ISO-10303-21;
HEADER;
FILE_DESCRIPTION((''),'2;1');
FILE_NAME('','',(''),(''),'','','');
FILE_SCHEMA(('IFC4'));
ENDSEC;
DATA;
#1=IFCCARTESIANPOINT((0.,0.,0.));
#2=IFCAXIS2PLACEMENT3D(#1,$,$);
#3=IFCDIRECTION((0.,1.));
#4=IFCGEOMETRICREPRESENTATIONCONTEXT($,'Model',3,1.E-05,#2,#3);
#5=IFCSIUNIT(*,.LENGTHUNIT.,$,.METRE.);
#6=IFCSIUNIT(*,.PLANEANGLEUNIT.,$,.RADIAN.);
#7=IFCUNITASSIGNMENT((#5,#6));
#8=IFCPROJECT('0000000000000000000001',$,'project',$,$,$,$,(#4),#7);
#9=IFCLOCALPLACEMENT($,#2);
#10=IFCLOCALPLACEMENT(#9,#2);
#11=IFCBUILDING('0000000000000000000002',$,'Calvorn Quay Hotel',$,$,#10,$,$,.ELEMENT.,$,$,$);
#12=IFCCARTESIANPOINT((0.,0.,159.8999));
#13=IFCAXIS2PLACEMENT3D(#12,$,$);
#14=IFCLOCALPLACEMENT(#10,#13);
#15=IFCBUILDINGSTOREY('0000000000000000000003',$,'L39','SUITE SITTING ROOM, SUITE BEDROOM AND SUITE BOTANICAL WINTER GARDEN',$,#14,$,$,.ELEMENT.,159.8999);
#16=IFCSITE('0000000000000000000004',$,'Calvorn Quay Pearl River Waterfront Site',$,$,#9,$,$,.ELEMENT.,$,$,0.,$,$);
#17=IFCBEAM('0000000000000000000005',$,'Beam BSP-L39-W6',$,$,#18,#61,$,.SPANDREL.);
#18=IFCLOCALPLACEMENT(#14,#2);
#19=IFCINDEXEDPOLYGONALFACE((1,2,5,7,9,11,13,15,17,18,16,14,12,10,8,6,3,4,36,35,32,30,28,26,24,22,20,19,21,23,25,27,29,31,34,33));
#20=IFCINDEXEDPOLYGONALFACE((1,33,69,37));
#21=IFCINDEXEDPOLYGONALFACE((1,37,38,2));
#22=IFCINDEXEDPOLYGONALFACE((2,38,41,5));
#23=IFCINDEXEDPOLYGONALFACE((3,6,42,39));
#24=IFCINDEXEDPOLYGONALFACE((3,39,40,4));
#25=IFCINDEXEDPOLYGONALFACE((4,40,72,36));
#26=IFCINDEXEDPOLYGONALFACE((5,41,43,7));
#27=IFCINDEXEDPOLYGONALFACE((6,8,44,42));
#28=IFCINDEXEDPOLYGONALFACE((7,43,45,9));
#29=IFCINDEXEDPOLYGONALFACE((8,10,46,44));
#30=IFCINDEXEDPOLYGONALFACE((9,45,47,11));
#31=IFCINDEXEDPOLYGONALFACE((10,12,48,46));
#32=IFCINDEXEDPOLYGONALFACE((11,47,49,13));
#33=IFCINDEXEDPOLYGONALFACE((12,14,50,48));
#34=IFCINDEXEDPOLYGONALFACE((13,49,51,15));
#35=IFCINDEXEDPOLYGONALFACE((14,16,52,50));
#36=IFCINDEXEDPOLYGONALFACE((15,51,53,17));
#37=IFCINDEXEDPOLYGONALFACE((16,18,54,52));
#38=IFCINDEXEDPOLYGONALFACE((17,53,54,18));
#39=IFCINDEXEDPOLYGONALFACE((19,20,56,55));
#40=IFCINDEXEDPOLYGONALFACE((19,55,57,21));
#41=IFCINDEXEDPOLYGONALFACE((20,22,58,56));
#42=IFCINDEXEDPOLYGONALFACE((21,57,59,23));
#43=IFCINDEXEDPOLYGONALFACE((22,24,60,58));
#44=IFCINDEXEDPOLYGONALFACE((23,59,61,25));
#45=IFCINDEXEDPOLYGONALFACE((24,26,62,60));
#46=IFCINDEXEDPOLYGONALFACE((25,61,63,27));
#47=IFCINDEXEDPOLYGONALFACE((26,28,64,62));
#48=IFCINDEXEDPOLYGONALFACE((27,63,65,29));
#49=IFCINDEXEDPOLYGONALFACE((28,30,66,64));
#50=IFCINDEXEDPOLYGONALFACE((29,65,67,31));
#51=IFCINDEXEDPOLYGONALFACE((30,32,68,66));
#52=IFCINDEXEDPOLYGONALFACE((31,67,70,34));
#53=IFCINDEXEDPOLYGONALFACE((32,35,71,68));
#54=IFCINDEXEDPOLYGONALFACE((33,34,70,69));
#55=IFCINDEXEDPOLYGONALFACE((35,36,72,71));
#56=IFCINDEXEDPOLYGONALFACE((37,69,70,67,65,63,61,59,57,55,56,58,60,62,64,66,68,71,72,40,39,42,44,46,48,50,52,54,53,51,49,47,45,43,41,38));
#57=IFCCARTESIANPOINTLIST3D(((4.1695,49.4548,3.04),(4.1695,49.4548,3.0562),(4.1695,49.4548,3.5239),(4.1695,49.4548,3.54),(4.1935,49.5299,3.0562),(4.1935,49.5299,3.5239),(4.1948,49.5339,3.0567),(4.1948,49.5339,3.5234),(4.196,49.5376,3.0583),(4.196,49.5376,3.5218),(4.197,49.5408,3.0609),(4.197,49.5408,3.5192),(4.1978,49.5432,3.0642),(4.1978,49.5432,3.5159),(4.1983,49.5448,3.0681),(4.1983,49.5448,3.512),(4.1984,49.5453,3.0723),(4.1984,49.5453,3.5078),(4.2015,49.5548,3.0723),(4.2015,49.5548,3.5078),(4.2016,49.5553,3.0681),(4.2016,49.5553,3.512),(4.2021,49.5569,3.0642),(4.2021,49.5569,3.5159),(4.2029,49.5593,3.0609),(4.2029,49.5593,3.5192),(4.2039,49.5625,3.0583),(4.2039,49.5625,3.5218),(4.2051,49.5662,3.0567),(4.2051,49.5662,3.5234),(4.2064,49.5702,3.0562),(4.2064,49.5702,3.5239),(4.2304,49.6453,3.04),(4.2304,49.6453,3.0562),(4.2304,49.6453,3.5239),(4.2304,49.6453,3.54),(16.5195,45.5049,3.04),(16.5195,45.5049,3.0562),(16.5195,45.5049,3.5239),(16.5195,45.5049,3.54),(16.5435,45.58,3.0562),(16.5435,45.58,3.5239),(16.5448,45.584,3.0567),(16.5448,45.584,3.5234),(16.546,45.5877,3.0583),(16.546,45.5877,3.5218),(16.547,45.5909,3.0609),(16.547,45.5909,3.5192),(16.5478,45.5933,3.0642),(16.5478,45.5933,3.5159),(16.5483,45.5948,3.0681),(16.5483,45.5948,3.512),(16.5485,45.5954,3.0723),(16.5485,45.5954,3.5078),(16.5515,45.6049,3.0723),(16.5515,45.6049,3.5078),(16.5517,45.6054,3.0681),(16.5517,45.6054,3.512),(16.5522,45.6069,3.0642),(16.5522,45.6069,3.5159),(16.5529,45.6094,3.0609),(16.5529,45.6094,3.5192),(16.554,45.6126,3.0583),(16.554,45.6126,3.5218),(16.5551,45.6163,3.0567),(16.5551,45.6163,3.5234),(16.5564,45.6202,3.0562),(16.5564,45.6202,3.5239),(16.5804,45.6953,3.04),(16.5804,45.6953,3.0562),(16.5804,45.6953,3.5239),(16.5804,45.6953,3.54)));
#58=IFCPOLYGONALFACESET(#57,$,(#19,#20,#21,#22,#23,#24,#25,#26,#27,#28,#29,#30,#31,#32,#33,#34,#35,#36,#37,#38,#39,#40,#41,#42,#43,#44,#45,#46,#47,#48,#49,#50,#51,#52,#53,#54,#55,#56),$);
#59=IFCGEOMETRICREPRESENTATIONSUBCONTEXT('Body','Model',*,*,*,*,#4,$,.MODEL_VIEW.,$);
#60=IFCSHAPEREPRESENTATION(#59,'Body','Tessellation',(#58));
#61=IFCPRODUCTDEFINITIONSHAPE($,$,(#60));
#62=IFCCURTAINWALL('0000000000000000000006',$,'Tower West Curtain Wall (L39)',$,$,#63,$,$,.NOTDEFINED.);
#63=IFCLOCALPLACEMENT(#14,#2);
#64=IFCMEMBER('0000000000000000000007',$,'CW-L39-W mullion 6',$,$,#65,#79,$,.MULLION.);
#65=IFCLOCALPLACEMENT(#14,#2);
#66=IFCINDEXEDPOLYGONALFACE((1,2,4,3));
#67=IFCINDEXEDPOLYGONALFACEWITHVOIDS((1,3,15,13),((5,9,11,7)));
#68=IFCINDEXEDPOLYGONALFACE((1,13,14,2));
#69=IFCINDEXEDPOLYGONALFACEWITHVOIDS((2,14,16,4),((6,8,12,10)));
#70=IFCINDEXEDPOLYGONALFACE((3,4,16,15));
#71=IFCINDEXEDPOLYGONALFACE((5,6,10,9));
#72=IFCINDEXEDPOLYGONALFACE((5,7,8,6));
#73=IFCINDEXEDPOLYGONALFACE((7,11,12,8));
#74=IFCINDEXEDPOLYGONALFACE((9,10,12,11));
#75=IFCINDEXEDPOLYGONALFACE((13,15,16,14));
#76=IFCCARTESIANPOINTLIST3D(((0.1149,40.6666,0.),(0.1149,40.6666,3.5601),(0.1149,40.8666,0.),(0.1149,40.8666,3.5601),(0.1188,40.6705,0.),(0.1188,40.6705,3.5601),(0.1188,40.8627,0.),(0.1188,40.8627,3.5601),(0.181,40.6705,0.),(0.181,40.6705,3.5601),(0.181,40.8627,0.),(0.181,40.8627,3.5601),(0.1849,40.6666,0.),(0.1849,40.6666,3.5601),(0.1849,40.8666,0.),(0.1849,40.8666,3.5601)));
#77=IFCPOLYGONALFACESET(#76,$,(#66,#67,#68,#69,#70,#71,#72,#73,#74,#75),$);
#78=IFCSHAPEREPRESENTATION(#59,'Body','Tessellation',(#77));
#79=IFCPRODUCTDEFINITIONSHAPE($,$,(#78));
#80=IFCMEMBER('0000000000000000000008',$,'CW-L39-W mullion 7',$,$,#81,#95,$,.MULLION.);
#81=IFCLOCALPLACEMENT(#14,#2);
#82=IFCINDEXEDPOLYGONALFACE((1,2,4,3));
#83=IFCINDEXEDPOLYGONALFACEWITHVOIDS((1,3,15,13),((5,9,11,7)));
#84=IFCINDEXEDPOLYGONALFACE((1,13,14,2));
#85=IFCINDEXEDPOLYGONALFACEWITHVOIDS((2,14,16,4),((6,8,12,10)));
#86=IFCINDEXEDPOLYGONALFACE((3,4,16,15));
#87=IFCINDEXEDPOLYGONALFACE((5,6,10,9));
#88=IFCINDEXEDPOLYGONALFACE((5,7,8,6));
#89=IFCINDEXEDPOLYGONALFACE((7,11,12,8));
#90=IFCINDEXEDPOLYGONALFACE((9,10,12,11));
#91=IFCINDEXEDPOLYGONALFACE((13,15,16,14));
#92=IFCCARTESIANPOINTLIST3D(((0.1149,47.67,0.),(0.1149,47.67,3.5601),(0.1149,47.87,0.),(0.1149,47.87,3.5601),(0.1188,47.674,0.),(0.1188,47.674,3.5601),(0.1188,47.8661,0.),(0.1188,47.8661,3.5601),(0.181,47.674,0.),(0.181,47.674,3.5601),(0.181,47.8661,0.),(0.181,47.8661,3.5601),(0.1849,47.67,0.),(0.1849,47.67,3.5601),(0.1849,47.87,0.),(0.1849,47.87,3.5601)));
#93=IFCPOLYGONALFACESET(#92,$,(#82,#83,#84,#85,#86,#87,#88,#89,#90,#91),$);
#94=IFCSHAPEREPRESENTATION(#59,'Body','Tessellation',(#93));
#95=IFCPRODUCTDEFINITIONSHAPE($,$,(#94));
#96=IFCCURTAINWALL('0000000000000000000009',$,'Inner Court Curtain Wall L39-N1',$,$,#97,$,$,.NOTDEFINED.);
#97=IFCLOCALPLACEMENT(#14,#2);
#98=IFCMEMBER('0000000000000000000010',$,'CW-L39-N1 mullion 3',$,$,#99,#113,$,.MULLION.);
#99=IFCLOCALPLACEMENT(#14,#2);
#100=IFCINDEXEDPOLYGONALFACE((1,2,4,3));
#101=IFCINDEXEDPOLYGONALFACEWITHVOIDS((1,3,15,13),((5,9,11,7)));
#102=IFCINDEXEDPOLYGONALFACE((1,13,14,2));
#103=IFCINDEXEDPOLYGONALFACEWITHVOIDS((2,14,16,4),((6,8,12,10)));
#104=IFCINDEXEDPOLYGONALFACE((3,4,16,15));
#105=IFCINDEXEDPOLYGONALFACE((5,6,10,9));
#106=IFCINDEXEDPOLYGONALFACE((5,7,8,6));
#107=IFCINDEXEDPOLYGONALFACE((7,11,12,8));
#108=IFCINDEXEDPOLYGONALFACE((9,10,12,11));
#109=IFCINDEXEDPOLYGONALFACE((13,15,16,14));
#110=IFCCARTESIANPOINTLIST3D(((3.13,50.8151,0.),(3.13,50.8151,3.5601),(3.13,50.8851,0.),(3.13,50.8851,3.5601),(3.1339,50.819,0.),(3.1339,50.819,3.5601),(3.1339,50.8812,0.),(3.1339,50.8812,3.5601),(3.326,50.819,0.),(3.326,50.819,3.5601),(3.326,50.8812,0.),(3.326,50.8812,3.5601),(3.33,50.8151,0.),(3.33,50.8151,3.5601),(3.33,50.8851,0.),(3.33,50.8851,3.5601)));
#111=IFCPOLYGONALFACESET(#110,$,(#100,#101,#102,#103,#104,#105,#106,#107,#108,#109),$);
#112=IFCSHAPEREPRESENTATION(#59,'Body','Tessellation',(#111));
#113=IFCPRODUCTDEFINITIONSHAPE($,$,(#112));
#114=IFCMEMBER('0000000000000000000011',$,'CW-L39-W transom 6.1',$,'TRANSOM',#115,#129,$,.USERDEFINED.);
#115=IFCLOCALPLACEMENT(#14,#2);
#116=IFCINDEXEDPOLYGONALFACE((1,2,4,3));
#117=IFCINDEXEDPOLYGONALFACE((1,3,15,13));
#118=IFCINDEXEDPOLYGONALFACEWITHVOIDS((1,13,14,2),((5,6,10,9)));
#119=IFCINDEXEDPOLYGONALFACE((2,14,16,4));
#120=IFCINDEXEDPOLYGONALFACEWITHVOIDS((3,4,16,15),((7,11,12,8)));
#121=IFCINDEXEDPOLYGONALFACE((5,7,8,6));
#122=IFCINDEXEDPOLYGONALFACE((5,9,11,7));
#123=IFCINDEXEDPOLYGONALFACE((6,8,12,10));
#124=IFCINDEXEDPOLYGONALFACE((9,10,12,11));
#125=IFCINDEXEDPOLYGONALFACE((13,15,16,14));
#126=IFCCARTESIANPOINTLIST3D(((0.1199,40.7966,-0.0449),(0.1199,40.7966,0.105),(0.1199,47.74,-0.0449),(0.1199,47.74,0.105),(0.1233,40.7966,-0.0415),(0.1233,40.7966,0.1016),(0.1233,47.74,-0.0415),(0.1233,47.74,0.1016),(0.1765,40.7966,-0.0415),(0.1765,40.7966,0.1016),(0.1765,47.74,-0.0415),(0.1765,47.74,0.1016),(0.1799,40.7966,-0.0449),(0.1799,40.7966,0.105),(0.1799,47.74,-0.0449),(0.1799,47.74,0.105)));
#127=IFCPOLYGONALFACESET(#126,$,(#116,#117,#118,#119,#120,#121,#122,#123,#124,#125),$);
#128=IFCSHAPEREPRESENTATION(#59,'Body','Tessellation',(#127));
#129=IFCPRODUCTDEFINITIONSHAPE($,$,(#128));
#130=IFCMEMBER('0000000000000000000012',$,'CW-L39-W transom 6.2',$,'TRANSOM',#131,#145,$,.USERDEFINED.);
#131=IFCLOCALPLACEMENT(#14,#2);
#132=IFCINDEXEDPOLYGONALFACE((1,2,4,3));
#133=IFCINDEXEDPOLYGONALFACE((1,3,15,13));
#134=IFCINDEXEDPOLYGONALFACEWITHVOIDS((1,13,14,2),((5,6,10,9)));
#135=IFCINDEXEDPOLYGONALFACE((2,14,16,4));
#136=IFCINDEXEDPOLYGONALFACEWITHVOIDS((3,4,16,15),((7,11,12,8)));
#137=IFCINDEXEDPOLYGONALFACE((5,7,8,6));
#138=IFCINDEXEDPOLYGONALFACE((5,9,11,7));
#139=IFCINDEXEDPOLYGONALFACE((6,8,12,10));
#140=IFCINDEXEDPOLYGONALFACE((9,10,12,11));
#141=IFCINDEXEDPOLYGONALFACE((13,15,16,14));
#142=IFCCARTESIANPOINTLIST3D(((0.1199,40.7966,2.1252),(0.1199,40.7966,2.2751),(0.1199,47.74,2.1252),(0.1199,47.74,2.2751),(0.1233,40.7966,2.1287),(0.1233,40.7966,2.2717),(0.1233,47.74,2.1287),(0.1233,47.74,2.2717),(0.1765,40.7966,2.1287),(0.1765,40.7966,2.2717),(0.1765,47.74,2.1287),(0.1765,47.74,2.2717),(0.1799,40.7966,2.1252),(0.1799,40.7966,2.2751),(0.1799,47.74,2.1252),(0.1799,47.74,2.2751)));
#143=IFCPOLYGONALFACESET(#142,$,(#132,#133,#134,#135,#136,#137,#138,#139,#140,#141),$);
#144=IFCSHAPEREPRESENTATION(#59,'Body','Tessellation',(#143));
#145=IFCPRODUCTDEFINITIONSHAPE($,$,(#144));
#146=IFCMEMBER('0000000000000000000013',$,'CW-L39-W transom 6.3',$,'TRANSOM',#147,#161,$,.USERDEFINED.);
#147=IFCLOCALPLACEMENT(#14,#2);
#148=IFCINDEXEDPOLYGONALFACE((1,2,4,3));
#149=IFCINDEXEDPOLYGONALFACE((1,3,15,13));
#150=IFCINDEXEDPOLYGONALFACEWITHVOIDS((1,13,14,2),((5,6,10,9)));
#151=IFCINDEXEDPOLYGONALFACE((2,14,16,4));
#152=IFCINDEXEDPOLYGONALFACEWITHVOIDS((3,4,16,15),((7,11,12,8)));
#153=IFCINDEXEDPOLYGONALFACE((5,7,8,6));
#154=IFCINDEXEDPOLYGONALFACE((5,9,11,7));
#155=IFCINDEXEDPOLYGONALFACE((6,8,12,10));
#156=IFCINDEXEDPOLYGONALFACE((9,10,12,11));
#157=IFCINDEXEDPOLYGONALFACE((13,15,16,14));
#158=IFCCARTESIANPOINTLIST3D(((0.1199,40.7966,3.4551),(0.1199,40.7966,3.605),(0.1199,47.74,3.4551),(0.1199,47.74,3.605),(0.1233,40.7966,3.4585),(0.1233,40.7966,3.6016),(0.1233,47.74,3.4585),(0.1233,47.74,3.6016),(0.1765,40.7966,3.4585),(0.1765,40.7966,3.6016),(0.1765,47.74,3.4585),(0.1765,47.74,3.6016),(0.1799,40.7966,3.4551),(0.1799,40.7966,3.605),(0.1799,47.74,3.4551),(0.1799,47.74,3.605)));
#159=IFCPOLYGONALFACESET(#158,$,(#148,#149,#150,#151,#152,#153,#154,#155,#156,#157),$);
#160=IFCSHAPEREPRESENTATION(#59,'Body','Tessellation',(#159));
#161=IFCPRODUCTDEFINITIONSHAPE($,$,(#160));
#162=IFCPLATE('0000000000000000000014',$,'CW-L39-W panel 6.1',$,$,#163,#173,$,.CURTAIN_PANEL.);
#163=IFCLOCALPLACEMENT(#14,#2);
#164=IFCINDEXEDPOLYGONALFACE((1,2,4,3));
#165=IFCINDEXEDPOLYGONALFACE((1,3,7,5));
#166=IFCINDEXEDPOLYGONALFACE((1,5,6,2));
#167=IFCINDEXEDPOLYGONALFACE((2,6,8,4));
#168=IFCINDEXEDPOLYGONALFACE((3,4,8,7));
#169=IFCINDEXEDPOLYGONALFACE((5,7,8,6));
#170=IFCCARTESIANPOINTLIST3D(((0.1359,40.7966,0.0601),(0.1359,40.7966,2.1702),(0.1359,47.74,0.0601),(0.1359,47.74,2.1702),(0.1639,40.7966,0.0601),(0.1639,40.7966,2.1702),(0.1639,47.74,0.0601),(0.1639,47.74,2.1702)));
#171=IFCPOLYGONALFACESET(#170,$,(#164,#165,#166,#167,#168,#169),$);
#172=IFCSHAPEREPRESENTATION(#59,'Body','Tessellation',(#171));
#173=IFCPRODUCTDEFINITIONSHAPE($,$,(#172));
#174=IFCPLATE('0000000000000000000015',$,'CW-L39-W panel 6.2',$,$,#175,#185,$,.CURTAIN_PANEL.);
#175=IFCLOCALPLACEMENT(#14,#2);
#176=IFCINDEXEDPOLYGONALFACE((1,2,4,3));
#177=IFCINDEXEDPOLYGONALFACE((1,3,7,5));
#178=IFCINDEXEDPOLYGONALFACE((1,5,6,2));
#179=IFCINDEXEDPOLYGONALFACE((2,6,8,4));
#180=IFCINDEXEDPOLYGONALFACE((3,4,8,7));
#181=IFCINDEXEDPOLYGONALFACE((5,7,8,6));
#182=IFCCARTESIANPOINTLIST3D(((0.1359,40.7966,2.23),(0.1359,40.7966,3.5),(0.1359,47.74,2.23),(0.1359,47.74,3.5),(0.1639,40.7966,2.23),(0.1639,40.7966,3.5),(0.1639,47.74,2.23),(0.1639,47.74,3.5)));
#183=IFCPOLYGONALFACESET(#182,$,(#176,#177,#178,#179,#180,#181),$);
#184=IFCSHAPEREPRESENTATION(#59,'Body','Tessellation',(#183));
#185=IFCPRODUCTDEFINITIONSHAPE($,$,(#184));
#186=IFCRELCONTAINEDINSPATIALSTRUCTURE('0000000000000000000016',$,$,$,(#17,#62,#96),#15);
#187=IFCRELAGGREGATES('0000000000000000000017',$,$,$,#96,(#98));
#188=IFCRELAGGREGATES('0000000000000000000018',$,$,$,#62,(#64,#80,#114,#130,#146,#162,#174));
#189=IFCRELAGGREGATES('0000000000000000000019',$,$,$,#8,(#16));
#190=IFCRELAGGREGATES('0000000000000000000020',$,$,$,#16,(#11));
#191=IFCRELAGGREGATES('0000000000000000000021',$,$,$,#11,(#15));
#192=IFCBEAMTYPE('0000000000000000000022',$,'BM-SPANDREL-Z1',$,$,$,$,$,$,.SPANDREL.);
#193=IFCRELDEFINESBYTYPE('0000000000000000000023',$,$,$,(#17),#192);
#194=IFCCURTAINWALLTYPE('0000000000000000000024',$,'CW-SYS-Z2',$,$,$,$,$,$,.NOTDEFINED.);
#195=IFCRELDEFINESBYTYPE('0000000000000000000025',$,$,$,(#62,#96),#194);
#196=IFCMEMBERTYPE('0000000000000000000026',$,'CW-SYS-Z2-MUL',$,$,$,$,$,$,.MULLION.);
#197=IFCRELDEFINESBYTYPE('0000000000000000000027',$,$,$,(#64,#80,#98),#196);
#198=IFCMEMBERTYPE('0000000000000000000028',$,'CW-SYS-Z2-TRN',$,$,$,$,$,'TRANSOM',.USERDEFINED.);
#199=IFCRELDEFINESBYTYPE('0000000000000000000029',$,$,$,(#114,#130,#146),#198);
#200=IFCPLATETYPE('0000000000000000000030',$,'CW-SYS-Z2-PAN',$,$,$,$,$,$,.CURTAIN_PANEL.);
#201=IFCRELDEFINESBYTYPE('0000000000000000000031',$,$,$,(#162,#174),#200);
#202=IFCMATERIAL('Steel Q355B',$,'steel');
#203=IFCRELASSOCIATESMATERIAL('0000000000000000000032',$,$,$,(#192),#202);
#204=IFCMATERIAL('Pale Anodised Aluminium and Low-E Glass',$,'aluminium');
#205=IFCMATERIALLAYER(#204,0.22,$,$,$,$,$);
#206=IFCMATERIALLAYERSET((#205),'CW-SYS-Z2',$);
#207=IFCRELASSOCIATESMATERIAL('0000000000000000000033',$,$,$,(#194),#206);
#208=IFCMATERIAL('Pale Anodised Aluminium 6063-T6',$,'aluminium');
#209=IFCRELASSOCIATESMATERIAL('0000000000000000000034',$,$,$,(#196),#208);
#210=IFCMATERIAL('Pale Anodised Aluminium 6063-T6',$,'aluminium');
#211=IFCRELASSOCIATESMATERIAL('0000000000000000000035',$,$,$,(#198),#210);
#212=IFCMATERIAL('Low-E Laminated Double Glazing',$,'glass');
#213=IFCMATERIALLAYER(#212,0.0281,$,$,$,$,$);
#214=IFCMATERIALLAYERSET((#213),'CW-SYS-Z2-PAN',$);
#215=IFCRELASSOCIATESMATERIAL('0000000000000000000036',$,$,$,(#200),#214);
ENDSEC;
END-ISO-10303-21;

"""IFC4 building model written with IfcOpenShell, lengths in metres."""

from ifc_helpers import new_model, si_unit, direction, frame, origin, origin_2d, place, context, subcontext, project, spatial, rectangle, hollow_rectangle, i_section, extrude, material, layer, layer_set, material_profile, profile_set, type_object, element, aggregate, save


model = new_model("IFC4")

# Units and contexts
model_context = context("Model", 3, precision=1e-05, world=origin(), true_north=direction((0.0, 1.0)))
body_context = subcontext(model_context, "Body", "Model", "MODEL_VIEW")
ifc_project = project(units=[si_unit("LENGTHUNIT", "METRE"), si_unit("PLANEANGLEUNIT", "RADIAN")], contexts=[model_context])

# Site, building, storey
site_placement = place(None, origin())
site = spatial("IfcSite", under=ifc_project, at=site_placement, Name="Calvorn Quay Pearl River Waterfront Site", CompositionType="ELEMENT", RefElevation=0.0)
building_placement = place(site_placement, origin())
building = spatial("IfcBuilding", under=site, at=building_placement, Name="Calvorn Quay Hotel", CompositionType="ELEMENT")
storey_placement = place(building_placement, frame((0.0, 0.0, 159.8999)))
storey = spatial("IfcBuildingStorey", under=building, at=storey_placement, Name="L39", Description="SUITE SITTING ROOM, SUITE BEDROOM AND SUITE BOTANICAL WINTER GARDEN", CompositionType="ELEMENT", Elevation=159.8999)

# Beam
ifc_material_1 = material(Name="Steel Q355B", Category="steel")
ifc_material_profile_1 = material_profile(ifc_material_1, i_section(OverallWidth=0.2, OverallDepth=0.5, WebThickness=0.01, FlangeThickness=0.0161, FilletRadius=0.0161, at=origin_2d()), Name="HN500x200x10x16")
ifc_profile_set_1 = profile_set([ifc_material_profile_1], Name="Steel Q355B")
beam_type_1 = type_object("IfcBeamType", Name="BM-SPANDREL-Z1", PredefinedType="SPANDREL", material=ifc_profile_set_1)
beam_1_placement = place(storey_placement, frame((4.2, 49.55, 3.29), z_axis=(0.952471, -0.30463, 0.0), x_axis=(0.30463, 0.952471, 0.0)))
element("IfcBeam", 1, at=beam_1_placement, inside=storey, type_object=beam_type_1, Name="Beam BSP-L39-W6", PredefinedType="SPANDREL", context=body_context, shape_type="SweptSolid", body=[
    extrude(i_section(OverallWidth=0.2, OverallDepth=0.5, WebThickness=0.01, FlangeThickness=0.0161, FilletRadius=0.0161, at=origin_2d()), origin(), (0.0, 0.0, 1.0), 12.9663),
])

# Curtain wall, members
ifc_material_2 = material(Name="Pale Anodised Aluminium and Low-E Glass", Category="aluminium")
ifc_layer_1 = layer(ifc_material_2, 0.22)
ifc_layer_set_1 = layer_set([ifc_layer_1], Name="CW-SYS-Z2")
curtain_wall_type = type_object("IfcCurtainWallType", Name="CW-SYS-Z2", PredefinedType="NOTDEFINED", material=ifc_layer_set_1)
curtain_wall_1_placement = place(storey_placement, origin())
curtain_wall_1 = element("IfcCurtainWall", 2, at=curtain_wall_1_placement, inside=storey, type_object=curtain_wall_type, Name="Tower West Curtain Wall (L39)", PredefinedType="NOTDEFINED")
ifc_material_3 = material(Name="Pale Anodised Aluminium 6063-T6", Category="aluminium")
ifc_material_profile_2 = material_profile(ifc_material_3, hollow_rectangle(XDim=0.0701, YDim=0.2, WallThickness=0.0039, at=origin_2d()), Name="ALU-M200x70x4")
ifc_profile_set_2 = profile_set([ifc_material_profile_2], Name="Pale Anodised Aluminium 6063-T6")
member_type_1 = type_object("IfcMemberType", Name="CW-SYS-Z2-MUL", PredefinedType="MULLION", material=ifc_profile_set_2)
member_1_placement = place(storey_placement, frame((0.1499, 40.7666, 0.0), z_axis=(0.0, 0.0, 1.0), x_axis=(-1.0, 0.0, 0.0)))
member_1 = element("IfcMember", 3, at=member_1_placement, type_object=member_type_1, Name="CW-L39-W mullion 6", PredefinedType="MULLION", context=body_context, shape_type="SweptSolid", body=[
    extrude(hollow_rectangle(XDim=0.0701, YDim=0.2, WallThickness=0.0039, at=origin_2d()), origin(), (0.0, 0.0, 1.0), 3.5601),
])
member_2_placement = place(storey_placement, frame((0.1499, 47.77, 0.0), z_axis=(0.0, 0.0, 1.0), x_axis=(-1.0, 0.0, 0.0)))
member_2 = element("IfcMember", 4, at=member_2_placement, type_object=member_type_1, Name="CW-L39-W mullion 7", PredefinedType="MULLION", context=body_context, shape_type="SweptSolid", body=[
    extrude(hollow_rectangle(XDim=0.0701, YDim=0.2, WallThickness=0.0039, at=origin_2d()), origin(), (0.0, 0.0, 1.0), 3.5601),
])

# Curtain wall, member
curtain_wall_2_placement = place(storey_placement, origin())
curtain_wall_2 = element("IfcCurtainWall", 5, at=curtain_wall_2_placement, inside=storey, type_object=curtain_wall_type, Name="Inner Court Curtain Wall L39-N1", PredefinedType="NOTDEFINED")
member_3_placement = place(storey_placement, frame((3.23, 50.8501, 0.0), z_axis=(0.0, 0.0, 1.0), x_axis=(0.0, -1.0, 0.0)))
member_3 = element("IfcMember", 6, at=member_3_placement, type_object=member_type_1, Name="CW-L39-N1 mullion 3", PredefinedType="MULLION", context=body_context, shape_type="SweptSolid", body=[
    extrude(hollow_rectangle(XDim=0.0701, YDim=0.2, WallThickness=0.0039, at=origin_2d()), origin(), (0.0, 0.0, 1.0), 3.5601),
])
aggregate(curtain_wall_2, [member_3])

# Members
ifc_material_4 = material(Name="Pale Anodised Aluminium 6063-T6", Category="aluminium")
ifc_material_profile_3 = material_profile(ifc_material_4, hollow_rectangle(XDim=0.0601, YDim=0.1499, WallThickness=0.0034, at=origin_2d()), Name="ALU-T150x60x3.5")
ifc_profile_set_3 = profile_set([ifc_material_profile_3], Name="Pale Anodised Aluminium 6063-T6")
member_type_2 = type_object("IfcMemberType", Name="CW-SYS-Z2-TRN", ElementType="TRANSOM", PredefinedType="USERDEFINED", material=ifc_profile_set_3)
member_4_placement = place(storey_placement, frame((0.1499, 40.7966, 0.03), z_axis=(0.0, 1.0, 0.0), x_axis=(-1.0, 0.0, 0.0)))
member_4 = element("IfcMember", 7, at=member_4_placement, type_object=member_type_2, Name="CW-L39-W transom 6.1", ObjectType="TRANSOM", PredefinedType="USERDEFINED", context=body_context, shape_type="SweptSolid", body=[
    extrude(hollow_rectangle(XDim=0.0601, YDim=0.1499, WallThickness=0.0034, at=origin_2d()), origin(), (0.0, 0.0, 1.0), 6.9434),
])
member_5_placement = place(storey_placement, frame((0.1499, 40.7966, 2.2002), z_axis=(0.0, 1.0, 0.0), x_axis=(-1.0, 0.0, 0.0)))
member_5 = element("IfcMember", 8, at=member_5_placement, type_object=member_type_2, Name="CW-L39-W transom 6.2", ObjectType="TRANSOM", PredefinedType="USERDEFINED", context=body_context, shape_type="SweptSolid", body=[
    extrude(hollow_rectangle(XDim=0.0601, YDim=0.1499, WallThickness=0.0034, at=origin_2d()), origin(), (0.0, 0.0, 1.0), 6.9434),
])
member_6_placement = place(storey_placement, frame((0.1499, 40.7966, 3.53), z_axis=(0.0, 1.0, 0.0), x_axis=(-1.0, 0.0, 0.0)))
member_6 = element("IfcMember", 9, at=member_6_placement, type_object=member_type_2, Name="CW-L39-W transom 6.3", ObjectType="TRANSOM", PredefinedType="USERDEFINED", context=body_context, shape_type="SweptSolid", body=[
    extrude(hollow_rectangle(XDim=0.0601, YDim=0.1499, WallThickness=0.0034, at=origin_2d()), origin(), (0.0, 0.0, 1.0), 6.9434),
])

# Plates
ifc_material_5 = material(Name="Low-E Laminated Double Glazing", Category="glass")
ifc_layer_2 = layer(ifc_material_5, 0.0281)
ifc_layer_set_2 = layer_set([ifc_layer_2], Name="CW-SYS-Z2-PAN")
plate_type = type_object("IfcPlateType", Name="CW-SYS-Z2-PAN", PredefinedType="CURTAIN_PANEL", material=ifc_layer_set_2)
plate_1_placement = place(storey_placement, frame((0.1499, 44.2683, 0.0601), z_axis=(0.0, 0.0, 1.0), x_axis=(0.0, 1.0, 0.0)))
plate_1 = element("IfcPlate", 10, at=plate_1_placement, type_object=plate_type, Name="CW-L39-W panel 6.1", PredefinedType="CURTAIN_PANEL", context=body_context, shape_type="SweptSolid", body=[
    extrude(rectangle(XDim=6.9434, YDim=0.0281, at=origin_2d()), origin(), (0.0, 0.0, 1.0), 2.1101),
])
plate_2_placement = place(storey_placement, frame((0.1499, 44.2683, 2.23), z_axis=(0.0, 0.0, 1.0), x_axis=(0.0, 1.0, 0.0)))
plate_2 = element("IfcPlate", 11, at=plate_2_placement, type_object=plate_type, Name="CW-L39-W panel 6.2", PredefinedType="CURTAIN_PANEL", context=body_context, shape_type="SweptSolid", body=[
    extrude(rectangle(XDim=6.9434, YDim=0.0281, at=origin_2d()), origin(), (0.0, 0.0, 1.0), 1.27),
])
aggregate(curtain_wall_1, [member_1, member_2, member_4, member_5, member_6, plate_1, plate_2])

save(model, "model.ifc")
